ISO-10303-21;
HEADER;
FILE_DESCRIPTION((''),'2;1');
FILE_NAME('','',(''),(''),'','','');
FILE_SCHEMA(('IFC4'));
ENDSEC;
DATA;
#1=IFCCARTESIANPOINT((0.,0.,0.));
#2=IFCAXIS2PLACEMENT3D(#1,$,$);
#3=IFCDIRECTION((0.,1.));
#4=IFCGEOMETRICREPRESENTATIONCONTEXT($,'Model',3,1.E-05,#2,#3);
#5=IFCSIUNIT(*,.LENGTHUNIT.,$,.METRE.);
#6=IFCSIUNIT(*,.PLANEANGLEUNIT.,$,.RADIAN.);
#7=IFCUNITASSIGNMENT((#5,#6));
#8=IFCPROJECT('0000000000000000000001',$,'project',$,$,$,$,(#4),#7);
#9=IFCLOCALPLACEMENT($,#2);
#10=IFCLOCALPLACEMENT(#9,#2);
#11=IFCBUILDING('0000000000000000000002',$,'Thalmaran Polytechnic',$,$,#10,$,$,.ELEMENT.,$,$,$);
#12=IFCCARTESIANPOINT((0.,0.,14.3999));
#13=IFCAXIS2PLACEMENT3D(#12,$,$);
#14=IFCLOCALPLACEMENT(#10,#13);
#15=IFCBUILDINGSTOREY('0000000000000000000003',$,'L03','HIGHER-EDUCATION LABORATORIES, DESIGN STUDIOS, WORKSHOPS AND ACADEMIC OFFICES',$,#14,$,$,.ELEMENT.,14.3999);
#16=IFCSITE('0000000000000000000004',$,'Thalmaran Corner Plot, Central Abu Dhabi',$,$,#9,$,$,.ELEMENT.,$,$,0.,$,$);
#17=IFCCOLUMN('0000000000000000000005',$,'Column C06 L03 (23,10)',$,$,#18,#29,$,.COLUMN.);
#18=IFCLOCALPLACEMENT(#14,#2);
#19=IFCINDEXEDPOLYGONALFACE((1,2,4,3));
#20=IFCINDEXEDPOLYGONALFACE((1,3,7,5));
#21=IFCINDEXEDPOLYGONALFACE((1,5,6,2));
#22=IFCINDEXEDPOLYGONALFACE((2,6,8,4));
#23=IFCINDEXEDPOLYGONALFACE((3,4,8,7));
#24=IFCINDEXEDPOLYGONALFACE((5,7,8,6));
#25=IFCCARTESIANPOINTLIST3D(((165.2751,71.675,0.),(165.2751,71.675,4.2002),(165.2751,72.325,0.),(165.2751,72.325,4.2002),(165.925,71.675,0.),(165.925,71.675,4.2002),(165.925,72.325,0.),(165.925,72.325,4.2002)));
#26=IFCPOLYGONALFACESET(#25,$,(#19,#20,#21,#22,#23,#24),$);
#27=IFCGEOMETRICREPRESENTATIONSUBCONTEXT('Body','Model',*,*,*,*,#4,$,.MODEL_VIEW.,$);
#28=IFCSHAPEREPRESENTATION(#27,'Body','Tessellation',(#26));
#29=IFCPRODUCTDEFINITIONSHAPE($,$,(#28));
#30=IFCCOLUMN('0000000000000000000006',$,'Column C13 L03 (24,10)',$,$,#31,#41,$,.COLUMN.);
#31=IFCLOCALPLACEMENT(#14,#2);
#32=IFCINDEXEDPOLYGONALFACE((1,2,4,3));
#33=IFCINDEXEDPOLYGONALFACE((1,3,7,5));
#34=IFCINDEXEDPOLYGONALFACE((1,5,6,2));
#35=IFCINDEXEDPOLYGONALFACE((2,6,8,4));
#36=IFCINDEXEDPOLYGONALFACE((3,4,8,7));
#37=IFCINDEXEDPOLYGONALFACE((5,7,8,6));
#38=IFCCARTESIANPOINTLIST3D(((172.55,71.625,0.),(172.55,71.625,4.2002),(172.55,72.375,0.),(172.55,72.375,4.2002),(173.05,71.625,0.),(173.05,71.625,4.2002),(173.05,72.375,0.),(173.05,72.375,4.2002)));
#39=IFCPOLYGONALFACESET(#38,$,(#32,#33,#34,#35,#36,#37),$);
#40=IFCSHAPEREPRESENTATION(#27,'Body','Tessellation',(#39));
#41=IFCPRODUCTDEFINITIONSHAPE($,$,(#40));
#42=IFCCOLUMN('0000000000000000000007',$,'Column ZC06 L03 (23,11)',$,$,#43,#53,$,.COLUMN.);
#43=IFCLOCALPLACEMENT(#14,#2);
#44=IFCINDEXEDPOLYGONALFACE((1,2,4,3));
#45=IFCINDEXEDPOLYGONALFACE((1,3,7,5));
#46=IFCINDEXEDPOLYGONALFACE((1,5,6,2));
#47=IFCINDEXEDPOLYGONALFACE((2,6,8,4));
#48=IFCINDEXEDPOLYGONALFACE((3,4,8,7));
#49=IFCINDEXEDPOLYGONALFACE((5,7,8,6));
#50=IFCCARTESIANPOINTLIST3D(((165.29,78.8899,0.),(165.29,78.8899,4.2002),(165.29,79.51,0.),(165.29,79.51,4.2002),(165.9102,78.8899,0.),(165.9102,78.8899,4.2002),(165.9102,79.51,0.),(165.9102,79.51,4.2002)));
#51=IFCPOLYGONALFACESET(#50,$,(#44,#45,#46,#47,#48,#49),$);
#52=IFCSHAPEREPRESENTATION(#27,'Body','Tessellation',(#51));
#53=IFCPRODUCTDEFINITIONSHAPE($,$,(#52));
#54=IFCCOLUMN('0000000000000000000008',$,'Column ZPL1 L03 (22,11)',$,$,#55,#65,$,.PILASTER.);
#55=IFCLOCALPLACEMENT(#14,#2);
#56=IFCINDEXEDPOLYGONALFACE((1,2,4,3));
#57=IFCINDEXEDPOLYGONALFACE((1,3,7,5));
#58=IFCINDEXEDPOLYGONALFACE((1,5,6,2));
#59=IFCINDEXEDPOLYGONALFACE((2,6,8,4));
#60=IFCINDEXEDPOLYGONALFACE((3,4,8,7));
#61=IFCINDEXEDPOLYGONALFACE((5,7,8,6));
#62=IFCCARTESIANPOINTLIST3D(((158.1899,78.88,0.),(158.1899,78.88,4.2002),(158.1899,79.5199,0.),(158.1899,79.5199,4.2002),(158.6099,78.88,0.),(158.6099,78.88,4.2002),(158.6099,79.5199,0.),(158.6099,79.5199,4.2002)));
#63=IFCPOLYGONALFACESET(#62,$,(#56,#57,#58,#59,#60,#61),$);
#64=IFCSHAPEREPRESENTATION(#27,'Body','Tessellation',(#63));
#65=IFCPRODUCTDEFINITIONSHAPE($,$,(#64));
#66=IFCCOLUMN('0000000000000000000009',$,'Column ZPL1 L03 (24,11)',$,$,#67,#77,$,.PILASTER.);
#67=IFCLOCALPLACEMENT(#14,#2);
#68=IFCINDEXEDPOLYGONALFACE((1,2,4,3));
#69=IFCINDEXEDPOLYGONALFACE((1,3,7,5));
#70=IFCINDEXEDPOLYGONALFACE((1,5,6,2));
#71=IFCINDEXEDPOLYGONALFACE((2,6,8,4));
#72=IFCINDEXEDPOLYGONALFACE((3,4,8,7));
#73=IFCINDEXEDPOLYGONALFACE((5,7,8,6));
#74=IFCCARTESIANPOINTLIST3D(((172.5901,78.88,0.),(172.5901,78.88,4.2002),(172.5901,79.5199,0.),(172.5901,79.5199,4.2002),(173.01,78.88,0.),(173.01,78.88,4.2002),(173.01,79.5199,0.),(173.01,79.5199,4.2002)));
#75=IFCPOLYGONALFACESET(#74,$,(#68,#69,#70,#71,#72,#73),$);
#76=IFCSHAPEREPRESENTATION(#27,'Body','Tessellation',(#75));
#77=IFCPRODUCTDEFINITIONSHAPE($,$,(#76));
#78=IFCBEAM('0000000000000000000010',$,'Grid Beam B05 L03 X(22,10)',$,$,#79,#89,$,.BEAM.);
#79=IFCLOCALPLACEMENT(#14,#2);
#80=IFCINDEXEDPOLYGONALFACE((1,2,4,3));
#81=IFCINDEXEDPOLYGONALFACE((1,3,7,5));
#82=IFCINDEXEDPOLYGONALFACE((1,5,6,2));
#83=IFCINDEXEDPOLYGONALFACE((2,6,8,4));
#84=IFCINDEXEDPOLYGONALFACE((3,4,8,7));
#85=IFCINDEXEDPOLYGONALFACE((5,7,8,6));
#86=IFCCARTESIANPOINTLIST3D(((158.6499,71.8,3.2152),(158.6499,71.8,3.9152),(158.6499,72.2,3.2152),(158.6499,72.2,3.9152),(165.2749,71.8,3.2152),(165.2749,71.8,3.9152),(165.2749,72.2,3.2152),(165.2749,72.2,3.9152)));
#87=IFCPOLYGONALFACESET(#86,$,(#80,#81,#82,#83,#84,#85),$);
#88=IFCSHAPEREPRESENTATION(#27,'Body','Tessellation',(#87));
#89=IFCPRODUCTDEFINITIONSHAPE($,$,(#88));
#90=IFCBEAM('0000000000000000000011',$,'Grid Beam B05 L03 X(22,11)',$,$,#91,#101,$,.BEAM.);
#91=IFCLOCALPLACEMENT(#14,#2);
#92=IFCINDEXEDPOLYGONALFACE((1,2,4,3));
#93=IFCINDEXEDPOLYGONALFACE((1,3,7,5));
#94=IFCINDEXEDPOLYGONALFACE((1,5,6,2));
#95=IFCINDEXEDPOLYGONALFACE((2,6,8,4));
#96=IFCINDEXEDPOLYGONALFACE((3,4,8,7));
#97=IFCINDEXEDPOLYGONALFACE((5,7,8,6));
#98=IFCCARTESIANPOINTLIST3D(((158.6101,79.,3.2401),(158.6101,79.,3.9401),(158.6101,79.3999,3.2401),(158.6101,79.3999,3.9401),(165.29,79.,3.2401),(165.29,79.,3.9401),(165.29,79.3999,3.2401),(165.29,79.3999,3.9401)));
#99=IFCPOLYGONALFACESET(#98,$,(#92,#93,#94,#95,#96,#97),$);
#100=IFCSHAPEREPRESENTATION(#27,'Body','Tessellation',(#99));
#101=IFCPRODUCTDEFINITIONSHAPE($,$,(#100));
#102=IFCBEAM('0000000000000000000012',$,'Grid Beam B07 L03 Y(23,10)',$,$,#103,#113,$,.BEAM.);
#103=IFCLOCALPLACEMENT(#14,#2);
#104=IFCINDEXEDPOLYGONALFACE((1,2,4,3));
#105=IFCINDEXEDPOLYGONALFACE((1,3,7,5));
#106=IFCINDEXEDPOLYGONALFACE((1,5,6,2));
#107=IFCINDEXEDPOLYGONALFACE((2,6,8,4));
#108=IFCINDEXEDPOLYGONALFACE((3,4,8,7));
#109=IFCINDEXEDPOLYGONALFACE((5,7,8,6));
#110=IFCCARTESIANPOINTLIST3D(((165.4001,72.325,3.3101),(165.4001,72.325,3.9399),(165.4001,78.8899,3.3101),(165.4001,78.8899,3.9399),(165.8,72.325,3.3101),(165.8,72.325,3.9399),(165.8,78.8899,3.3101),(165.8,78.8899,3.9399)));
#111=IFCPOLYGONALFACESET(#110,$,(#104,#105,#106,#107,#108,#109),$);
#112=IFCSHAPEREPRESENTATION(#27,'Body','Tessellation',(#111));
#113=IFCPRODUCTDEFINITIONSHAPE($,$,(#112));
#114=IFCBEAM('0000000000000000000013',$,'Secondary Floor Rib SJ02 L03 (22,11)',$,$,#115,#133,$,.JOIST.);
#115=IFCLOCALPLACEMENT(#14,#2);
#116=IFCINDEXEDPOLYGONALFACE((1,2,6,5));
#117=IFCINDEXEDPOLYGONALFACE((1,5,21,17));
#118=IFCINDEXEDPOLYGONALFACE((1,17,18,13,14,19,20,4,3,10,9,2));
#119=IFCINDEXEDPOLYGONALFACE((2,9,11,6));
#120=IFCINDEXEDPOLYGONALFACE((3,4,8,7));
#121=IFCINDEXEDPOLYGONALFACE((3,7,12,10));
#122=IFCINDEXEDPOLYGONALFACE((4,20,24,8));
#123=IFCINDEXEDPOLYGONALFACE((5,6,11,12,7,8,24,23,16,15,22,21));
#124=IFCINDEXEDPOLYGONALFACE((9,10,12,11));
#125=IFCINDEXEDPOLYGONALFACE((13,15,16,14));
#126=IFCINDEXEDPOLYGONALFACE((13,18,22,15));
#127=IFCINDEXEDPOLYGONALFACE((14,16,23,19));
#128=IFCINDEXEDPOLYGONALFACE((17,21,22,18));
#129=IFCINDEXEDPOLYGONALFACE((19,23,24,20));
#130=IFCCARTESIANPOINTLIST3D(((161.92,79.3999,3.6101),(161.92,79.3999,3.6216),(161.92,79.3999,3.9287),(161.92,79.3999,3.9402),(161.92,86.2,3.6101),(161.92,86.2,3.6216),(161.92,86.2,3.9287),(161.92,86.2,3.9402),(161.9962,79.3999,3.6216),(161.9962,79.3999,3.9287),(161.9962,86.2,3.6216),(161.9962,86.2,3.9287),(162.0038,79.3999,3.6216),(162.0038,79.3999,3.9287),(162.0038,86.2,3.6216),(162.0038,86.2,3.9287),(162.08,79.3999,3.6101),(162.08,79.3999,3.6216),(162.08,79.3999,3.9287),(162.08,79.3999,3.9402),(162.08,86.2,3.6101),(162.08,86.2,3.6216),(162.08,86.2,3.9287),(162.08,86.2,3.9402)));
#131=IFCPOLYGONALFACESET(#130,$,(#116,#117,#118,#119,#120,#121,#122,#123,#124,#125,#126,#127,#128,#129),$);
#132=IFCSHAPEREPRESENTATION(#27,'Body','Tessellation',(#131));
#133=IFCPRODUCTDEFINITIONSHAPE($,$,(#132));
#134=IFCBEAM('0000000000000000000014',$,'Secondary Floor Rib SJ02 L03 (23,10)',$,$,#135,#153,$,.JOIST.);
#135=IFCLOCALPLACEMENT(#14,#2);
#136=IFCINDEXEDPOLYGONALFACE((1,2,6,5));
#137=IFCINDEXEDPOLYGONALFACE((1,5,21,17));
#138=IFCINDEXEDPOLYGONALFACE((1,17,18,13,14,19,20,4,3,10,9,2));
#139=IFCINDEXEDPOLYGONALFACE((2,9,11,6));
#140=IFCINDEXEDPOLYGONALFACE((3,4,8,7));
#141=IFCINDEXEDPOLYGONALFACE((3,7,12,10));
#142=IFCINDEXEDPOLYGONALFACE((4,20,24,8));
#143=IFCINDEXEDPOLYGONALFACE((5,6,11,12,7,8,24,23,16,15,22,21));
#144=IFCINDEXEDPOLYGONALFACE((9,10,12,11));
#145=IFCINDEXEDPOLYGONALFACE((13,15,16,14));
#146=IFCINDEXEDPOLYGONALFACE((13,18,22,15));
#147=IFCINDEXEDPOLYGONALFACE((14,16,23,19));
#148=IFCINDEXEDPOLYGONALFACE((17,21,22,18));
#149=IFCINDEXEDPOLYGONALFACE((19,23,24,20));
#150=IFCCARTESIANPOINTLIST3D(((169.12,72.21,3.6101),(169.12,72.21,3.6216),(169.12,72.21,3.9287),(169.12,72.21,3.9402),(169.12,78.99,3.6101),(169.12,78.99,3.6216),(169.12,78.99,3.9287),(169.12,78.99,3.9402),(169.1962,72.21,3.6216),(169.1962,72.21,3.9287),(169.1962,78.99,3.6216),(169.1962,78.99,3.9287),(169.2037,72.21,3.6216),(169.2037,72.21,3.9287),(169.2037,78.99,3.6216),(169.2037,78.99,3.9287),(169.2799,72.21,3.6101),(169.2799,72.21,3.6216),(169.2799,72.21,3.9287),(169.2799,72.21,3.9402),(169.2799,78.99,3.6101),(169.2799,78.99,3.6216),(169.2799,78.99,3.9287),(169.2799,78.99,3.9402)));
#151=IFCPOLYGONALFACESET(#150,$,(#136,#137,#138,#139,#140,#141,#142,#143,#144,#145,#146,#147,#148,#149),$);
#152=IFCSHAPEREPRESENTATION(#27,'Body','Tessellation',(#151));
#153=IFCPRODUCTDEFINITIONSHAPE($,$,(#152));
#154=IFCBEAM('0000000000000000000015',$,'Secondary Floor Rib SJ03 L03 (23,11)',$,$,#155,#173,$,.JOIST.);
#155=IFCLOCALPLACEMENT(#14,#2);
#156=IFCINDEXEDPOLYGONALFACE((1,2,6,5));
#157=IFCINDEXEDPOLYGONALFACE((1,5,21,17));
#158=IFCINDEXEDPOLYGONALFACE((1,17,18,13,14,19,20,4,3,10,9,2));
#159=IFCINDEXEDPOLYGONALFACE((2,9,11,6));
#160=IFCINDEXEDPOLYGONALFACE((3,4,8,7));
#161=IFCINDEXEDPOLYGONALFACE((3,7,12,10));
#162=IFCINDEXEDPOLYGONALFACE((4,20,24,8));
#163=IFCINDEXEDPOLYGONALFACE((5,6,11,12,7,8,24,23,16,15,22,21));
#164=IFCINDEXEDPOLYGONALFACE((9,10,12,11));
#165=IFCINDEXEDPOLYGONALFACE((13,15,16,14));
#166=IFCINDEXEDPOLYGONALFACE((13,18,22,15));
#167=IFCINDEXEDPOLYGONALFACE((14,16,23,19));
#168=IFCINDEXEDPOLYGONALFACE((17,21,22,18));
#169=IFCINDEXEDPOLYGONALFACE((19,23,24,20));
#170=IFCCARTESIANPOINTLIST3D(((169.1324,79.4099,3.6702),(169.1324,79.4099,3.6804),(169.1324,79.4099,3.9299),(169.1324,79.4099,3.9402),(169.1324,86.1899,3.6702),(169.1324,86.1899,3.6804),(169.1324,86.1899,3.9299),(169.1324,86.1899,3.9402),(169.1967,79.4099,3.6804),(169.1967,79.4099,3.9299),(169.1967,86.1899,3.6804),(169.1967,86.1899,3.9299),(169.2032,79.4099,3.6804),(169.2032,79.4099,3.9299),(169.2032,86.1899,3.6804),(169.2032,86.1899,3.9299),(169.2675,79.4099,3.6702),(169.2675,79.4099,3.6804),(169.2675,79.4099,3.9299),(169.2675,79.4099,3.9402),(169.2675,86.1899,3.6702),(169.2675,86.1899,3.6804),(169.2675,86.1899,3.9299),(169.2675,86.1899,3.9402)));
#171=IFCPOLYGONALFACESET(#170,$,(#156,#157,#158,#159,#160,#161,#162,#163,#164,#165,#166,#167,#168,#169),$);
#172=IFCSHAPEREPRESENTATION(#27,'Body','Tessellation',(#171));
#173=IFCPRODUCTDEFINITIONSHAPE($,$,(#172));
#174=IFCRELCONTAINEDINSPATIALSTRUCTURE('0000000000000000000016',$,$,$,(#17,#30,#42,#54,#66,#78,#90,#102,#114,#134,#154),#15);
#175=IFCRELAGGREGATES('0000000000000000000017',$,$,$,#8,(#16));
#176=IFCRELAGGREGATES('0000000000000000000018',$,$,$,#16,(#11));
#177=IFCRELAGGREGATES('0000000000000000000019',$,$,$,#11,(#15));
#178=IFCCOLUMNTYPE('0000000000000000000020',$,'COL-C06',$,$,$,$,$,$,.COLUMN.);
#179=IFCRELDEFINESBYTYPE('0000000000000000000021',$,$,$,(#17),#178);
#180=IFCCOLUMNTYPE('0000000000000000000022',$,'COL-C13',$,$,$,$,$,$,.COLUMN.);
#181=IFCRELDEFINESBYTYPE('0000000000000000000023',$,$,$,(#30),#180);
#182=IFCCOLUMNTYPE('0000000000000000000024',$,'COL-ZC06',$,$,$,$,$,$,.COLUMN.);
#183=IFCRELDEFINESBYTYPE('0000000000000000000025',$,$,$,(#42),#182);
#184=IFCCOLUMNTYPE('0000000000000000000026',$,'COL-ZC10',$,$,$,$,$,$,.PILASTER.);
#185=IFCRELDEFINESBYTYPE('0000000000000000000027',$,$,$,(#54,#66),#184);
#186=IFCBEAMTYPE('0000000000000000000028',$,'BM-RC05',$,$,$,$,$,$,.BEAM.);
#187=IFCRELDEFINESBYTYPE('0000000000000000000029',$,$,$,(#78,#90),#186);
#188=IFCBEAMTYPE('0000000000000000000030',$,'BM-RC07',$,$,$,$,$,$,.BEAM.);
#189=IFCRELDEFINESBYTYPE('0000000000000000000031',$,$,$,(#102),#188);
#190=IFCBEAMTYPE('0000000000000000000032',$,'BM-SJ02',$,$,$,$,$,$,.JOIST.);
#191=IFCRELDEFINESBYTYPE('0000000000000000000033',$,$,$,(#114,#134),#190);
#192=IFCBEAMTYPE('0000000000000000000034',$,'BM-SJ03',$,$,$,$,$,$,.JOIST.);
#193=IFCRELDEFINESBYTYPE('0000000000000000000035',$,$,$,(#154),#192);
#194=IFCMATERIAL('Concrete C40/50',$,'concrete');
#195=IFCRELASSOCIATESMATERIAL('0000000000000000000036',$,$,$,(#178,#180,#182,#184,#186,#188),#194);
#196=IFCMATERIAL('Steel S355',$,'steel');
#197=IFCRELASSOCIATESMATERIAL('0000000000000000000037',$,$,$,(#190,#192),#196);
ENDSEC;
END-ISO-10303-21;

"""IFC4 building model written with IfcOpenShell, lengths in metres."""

from ifc_helpers import new_model, si_unit, direction, frame, origin, origin_2d, place, context, subcontext, project, spatial, rectangle, i_section, extrude, material, material_profile, profile_set, type_object, element, save


model = new_model("IFC4")

# Units and contexts
model_context = context("Model", 3, precision=1e-05, world=origin(), true_north=direction((0.0, 1.0)))
body_context = subcontext(model_context, "Body", "Model", "MODEL_VIEW")
ifc_project = project(units=[si_unit("LENGTHUNIT", "METRE"), si_unit("PLANEANGLEUNIT", "RADIAN")], contexts=[model_context])

# Site, building, storey
site_placement = place(None, origin())
site = spatial("IfcSite", under=ifc_project, at=site_placement, Name="Thalmaran Corner Plot, Central Abu Dhabi", CompositionType="ELEMENT", RefElevation=0.0)
building_placement = place(site_placement, origin())
building = spatial("IfcBuilding", under=site, at=building_placement, Name="Thalmaran Polytechnic", CompositionType="ELEMENT")
storey_placement = place(building_placement, frame((0.0, 0.0, 14.3999)))
storey = spatial("IfcBuildingStorey", under=building, at=storey_placement, Name="L03", Description="HIGHER-EDUCATION LABORATORIES, DESIGN STUDIOS, WORKSHOPS AND ACADEMIC OFFICES", CompositionType="ELEMENT", Elevation=14.3999)

# Columns
ifc_material_1 = material(Name="Concrete C40/50", Category="concrete")
ifc_material_profile_1 = material_profile(ifc_material_1, rectangle(XDim=0.6499, YDim=0.6499, at=origin_2d()), Name="RC 650x650")
ifc_profile_set_1 = profile_set([ifc_material_profile_1], Name="Concrete C40/50")
column_type_1 = type_object("IfcColumnType", Name="COL-C06", PredefinedType="COLUMN", material=ifc_profile_set_1)
column_1_placement = place(storey_placement, frame((165.6001, 72.0, 0.0), z_axis=(0.0, 0.0, 1.0), x_axis=(1.0, 0.0, 0.0)))
element("IfcColumn", 1, at=column_1_placement, inside=storey, type_object=column_type_1, Name="Column C06 L03 (23,10)", PredefinedType="COLUMN", context=body_context, shape_type="SweptSolid", body=[
    extrude(rectangle(XDim=0.6499, YDim=0.6499, at=origin_2d()), origin(), (0.0, 0.0, 1.0), 4.2002),
])
ifc_material_profile_2 = material_profile(ifc_material_1, rectangle(XDim=0.5, YDim=0.75, at=origin_2d()), Name="RC 500x750")
ifc_profile_set_2 = profile_set([ifc_material_profile_2], Name="Concrete C40/50")
column_type_2 = type_object("IfcColumnType", Name="COL-C13", PredefinedType="COLUMN", material=ifc_profile_set_2)
column_2_placement = place(storey_placement, frame((172.8, 72.0, 0.0), z_axis=(0.0, 0.0, 1.0), x_axis=(1.0, 0.0, 0.0)))
element("IfcColumn", 2, at=column_2_placement, inside=storey, type_object=column_type_2, Name="Column C13 L03 (24,10)", PredefinedType="COLUMN", context=body_context, shape_type="SweptSolid", body=[
    extrude(rectangle(XDim=0.5, YDim=0.75, at=origin_2d()), origin(), (0.0, 0.0, 1.0), 4.2002),
])
ifc_material_profile_3 = material_profile(ifc_material_1, rectangle(XDim=0.6201, YDim=0.6201, at=origin_2d()), Name="RC 620x620")
ifc_profile_set_3 = profile_set([ifc_material_profile_3], Name="Concrete C40/50")
column_type_3 = type_object("IfcColumnType", Name="COL-ZC06", PredefinedType="COLUMN", material=ifc_profile_set_3)
column_3_placement = place(storey_placement, frame((165.6001, 79.2, 0.0), z_axis=(0.0, 0.0, 1.0), x_axis=(1.0, 0.0, 0.0)))
element("IfcColumn", 3, at=column_3_placement, inside=storey, type_object=column_type_3, Name="Column ZC06 L03 (23,11)", PredefinedType="COLUMN", context=body_context, shape_type="SweptSolid", body=[
    extrude(rectangle(XDim=0.6201, YDim=0.6201, at=origin_2d()), origin(), (0.0, 0.0, 1.0), 4.2002),
])
ifc_material_profile_4 = material_profile(ifc_material_1, rectangle(XDim=0.4199, YDim=0.6399, at=origin_2d()), Name="RC 420x640")
ifc_profile_set_4 = profile_set([ifc_material_profile_4], Name="Concrete C40/50")
column_type_4 = type_object("IfcColumnType", Name="COL-ZC10", PredefinedType="PILASTER", material=ifc_profile_set_4)
for number, where, z_axis, x_axis, name in (
    (4, (158.3999, 79.2, 0.0), (0.0, 0.0, 1.0), (1.0, 0.0, 0.0), "Column ZPL1 L03 (22,11)"),
    (5, (172.8, 79.2, 0.0), (0.0, 0.0, 1.0), (1.0, 0.0, 0.0), "Column ZPL1 L03 (24,11)"),
):
    element("IfcColumn", number, at=place(storey_placement, frame(where, z_axis=z_axis, x_axis=x_axis)), inside=storey, type_object=column_type_4, Name=name, PredefinedType="PILASTER", context=body_context, shape_type="SweptSolid", body=[
        extrude(rectangle(XDim=0.4199, YDim=0.6399, at=origin_2d()), origin(), (0.0, 0.0, 1.0), 4.2002),
    ])

# Beams
ifc_material_profile_5 = material_profile(ifc_material_1, rectangle(XDim=0.3999, YDim=0.7, at=origin_2d()), Name="RC 400x700")
ifc_profile_set_5 = profile_set([ifc_material_profile_5], Name="Concrete C40/50")
beam_type_1 = type_object("IfcBeamType", Name="BM-RC05", PredefinedType="BEAM", material=ifc_profile_set_5)
beam_1_placement = place(storey_placement, frame((158.6499, 72.0, 3.5652), z_axis=(1.0, 0.0, 0.0), x_axis=(0.0, 1.0, 0.0)))
element("IfcBeam", 6, at=beam_1_placement, inside=storey, type_object=beam_type_1, Name="Grid Beam B05 L03 X(22,10)", PredefinedType="BEAM", context=body_context, shape_type="SweptSolid", body=[
    extrude(rectangle(XDim=0.3999, YDim=0.7, at=origin_2d()), origin(), (0.0, 0.0, 1.0), 6.625),
])
beam_2_placement = place(storey_placement, frame((158.6101, 79.2, 3.5901), z_axis=(1.0, 0.0, 0.0), x_axis=(0.0, 1.0, 0.0)))
element("IfcBeam", 7, at=beam_2_placement, inside=storey, type_object=beam_type_1, Name="Grid Beam B05 L03 X(22,11)", PredefinedType="BEAM", context=body_context, shape_type="SweptSolid", body=[
    extrude(rectangle(XDim=0.3999, YDim=0.7, at=origin_2d()), origin(), (0.0, 0.0, 1.0), 6.6799),
])
ifc_material_profile_6 = material_profile(ifc_material_1, rectangle(XDim=0.3999, YDim=0.6299, at=origin_2d()), Name="RC 400x630")
ifc_profile_set_6 = profile_set([ifc_material_profile_6], Name="Concrete C40/50")
beam_type_2 = type_object("IfcBeamType", Name="BM-RC07", PredefinedType="BEAM", material=ifc_profile_set_6)
beam_3_placement = place(storey_placement, frame((165.6001, 72.325, 3.625), z_axis=(0.0, 1.0, 0.0), x_axis=(-1.0, 0.0, 0.0)))
element("IfcBeam", 8, at=beam_3_placement, inside=storey, type_object=beam_type_2, Name="Grid Beam B07 L03 Y(23,10)", PredefinedType="BEAM", context=body_context, shape_type="SweptSolid", body=[
    extrude(rectangle(XDim=0.3999, YDim=0.6299, at=origin_2d()), origin(), (0.0, 0.0, 1.0), 6.5649),
])
ifc_material_2 = material(Name="Steel S355", Category="steel")
ifc_material_profile_7 = material_profile(ifc_material_2, i_section(OverallWidth=0.1599, OverallDepth=0.3301, WebThickness=0.0076, FlangeThickness=0.0115, at=origin_2d()), Name="IPE 330")
ifc_profile_set_7 = profile_set([ifc_material_profile_7], Name="Steel S355")
beam_type_3 = type_object("IfcBeamType", Name="BM-SJ02", PredefinedType="JOIST", material=ifc_profile_set_7)
beam_4_placement = place(storey_placement, frame((162.0, 79.3999, 3.7751), z_axis=(0.0, 1.0, 0.0), x_axis=(-1.0, 0.0, 0.0)))
element("IfcBeam", 9, at=beam_4_placement, inside=storey, type_object=beam_type_3, Name="Secondary Floor Rib SJ02 L03 (22,11)", PredefinedType="JOIST", context=body_context, shape_type="SweptSolid", body=[
    extrude(i_section(OverallWidth=0.1599, OverallDepth=0.3301, WebThickness=0.0076, FlangeThickness=0.0115, at=origin_2d()), origin(), (0.0, 0.0, 1.0), 6.8),
])
beam_5_placement = place(storey_placement, frame((169.2, 72.21, 3.7751), z_axis=(0.0, 1.0, 0.0), x_axis=(-1.0, 0.0, 0.0)))
element("IfcBeam", 10, at=beam_5_placement, inside=storey, type_object=beam_type_3, Name="Secondary Floor Rib SJ02 L03 (23,10)", PredefinedType="JOIST", context=body_context, shape_type="SweptSolid", body=[
    extrude(i_section(OverallWidth=0.1599, OverallDepth=0.3301, WebThickness=0.0076, FlangeThickness=0.0115, at=origin_2d()), origin(), (0.0, 0.0, 1.0), 6.78),
])
ifc_material_profile_8 = material_profile(ifc_material_2, i_section(OverallWidth=0.135, OverallDepth=0.27, WebThickness=0.0066, FlangeThickness=0.0103, at=origin_2d()), Name="IPE 270")
ifc_profile_set_8 = profile_set([ifc_material_profile_8], Name="Steel S355")
beam_type_4 = type_object("IfcBeamType", Name="BM-SJ03", PredefinedType="JOIST", material=ifc_profile_set_8)
beam_6_placement = place(storey_placement, frame((169.2, 79.4099, 3.8052), z_axis=(0.0, 1.0, 0.0), x_axis=(-1.0, 0.0, 0.0)))
element("IfcBeam", 11, at=beam_6_placement, inside=storey, type_object=beam_type_4, Name="Secondary Floor Rib SJ03 L03 (23,11)", PredefinedType="JOIST", context=body_context, shape_type="SweptSolid", body=[
    extrude(i_section(OverallWidth=0.135, OverallDepth=0.27, WebThickness=0.0066, FlangeThickness=0.0103, at=origin_2d()), origin(), (0.0, 0.0, 1.0), 6.78),
])

save(model, "model.ifc")
